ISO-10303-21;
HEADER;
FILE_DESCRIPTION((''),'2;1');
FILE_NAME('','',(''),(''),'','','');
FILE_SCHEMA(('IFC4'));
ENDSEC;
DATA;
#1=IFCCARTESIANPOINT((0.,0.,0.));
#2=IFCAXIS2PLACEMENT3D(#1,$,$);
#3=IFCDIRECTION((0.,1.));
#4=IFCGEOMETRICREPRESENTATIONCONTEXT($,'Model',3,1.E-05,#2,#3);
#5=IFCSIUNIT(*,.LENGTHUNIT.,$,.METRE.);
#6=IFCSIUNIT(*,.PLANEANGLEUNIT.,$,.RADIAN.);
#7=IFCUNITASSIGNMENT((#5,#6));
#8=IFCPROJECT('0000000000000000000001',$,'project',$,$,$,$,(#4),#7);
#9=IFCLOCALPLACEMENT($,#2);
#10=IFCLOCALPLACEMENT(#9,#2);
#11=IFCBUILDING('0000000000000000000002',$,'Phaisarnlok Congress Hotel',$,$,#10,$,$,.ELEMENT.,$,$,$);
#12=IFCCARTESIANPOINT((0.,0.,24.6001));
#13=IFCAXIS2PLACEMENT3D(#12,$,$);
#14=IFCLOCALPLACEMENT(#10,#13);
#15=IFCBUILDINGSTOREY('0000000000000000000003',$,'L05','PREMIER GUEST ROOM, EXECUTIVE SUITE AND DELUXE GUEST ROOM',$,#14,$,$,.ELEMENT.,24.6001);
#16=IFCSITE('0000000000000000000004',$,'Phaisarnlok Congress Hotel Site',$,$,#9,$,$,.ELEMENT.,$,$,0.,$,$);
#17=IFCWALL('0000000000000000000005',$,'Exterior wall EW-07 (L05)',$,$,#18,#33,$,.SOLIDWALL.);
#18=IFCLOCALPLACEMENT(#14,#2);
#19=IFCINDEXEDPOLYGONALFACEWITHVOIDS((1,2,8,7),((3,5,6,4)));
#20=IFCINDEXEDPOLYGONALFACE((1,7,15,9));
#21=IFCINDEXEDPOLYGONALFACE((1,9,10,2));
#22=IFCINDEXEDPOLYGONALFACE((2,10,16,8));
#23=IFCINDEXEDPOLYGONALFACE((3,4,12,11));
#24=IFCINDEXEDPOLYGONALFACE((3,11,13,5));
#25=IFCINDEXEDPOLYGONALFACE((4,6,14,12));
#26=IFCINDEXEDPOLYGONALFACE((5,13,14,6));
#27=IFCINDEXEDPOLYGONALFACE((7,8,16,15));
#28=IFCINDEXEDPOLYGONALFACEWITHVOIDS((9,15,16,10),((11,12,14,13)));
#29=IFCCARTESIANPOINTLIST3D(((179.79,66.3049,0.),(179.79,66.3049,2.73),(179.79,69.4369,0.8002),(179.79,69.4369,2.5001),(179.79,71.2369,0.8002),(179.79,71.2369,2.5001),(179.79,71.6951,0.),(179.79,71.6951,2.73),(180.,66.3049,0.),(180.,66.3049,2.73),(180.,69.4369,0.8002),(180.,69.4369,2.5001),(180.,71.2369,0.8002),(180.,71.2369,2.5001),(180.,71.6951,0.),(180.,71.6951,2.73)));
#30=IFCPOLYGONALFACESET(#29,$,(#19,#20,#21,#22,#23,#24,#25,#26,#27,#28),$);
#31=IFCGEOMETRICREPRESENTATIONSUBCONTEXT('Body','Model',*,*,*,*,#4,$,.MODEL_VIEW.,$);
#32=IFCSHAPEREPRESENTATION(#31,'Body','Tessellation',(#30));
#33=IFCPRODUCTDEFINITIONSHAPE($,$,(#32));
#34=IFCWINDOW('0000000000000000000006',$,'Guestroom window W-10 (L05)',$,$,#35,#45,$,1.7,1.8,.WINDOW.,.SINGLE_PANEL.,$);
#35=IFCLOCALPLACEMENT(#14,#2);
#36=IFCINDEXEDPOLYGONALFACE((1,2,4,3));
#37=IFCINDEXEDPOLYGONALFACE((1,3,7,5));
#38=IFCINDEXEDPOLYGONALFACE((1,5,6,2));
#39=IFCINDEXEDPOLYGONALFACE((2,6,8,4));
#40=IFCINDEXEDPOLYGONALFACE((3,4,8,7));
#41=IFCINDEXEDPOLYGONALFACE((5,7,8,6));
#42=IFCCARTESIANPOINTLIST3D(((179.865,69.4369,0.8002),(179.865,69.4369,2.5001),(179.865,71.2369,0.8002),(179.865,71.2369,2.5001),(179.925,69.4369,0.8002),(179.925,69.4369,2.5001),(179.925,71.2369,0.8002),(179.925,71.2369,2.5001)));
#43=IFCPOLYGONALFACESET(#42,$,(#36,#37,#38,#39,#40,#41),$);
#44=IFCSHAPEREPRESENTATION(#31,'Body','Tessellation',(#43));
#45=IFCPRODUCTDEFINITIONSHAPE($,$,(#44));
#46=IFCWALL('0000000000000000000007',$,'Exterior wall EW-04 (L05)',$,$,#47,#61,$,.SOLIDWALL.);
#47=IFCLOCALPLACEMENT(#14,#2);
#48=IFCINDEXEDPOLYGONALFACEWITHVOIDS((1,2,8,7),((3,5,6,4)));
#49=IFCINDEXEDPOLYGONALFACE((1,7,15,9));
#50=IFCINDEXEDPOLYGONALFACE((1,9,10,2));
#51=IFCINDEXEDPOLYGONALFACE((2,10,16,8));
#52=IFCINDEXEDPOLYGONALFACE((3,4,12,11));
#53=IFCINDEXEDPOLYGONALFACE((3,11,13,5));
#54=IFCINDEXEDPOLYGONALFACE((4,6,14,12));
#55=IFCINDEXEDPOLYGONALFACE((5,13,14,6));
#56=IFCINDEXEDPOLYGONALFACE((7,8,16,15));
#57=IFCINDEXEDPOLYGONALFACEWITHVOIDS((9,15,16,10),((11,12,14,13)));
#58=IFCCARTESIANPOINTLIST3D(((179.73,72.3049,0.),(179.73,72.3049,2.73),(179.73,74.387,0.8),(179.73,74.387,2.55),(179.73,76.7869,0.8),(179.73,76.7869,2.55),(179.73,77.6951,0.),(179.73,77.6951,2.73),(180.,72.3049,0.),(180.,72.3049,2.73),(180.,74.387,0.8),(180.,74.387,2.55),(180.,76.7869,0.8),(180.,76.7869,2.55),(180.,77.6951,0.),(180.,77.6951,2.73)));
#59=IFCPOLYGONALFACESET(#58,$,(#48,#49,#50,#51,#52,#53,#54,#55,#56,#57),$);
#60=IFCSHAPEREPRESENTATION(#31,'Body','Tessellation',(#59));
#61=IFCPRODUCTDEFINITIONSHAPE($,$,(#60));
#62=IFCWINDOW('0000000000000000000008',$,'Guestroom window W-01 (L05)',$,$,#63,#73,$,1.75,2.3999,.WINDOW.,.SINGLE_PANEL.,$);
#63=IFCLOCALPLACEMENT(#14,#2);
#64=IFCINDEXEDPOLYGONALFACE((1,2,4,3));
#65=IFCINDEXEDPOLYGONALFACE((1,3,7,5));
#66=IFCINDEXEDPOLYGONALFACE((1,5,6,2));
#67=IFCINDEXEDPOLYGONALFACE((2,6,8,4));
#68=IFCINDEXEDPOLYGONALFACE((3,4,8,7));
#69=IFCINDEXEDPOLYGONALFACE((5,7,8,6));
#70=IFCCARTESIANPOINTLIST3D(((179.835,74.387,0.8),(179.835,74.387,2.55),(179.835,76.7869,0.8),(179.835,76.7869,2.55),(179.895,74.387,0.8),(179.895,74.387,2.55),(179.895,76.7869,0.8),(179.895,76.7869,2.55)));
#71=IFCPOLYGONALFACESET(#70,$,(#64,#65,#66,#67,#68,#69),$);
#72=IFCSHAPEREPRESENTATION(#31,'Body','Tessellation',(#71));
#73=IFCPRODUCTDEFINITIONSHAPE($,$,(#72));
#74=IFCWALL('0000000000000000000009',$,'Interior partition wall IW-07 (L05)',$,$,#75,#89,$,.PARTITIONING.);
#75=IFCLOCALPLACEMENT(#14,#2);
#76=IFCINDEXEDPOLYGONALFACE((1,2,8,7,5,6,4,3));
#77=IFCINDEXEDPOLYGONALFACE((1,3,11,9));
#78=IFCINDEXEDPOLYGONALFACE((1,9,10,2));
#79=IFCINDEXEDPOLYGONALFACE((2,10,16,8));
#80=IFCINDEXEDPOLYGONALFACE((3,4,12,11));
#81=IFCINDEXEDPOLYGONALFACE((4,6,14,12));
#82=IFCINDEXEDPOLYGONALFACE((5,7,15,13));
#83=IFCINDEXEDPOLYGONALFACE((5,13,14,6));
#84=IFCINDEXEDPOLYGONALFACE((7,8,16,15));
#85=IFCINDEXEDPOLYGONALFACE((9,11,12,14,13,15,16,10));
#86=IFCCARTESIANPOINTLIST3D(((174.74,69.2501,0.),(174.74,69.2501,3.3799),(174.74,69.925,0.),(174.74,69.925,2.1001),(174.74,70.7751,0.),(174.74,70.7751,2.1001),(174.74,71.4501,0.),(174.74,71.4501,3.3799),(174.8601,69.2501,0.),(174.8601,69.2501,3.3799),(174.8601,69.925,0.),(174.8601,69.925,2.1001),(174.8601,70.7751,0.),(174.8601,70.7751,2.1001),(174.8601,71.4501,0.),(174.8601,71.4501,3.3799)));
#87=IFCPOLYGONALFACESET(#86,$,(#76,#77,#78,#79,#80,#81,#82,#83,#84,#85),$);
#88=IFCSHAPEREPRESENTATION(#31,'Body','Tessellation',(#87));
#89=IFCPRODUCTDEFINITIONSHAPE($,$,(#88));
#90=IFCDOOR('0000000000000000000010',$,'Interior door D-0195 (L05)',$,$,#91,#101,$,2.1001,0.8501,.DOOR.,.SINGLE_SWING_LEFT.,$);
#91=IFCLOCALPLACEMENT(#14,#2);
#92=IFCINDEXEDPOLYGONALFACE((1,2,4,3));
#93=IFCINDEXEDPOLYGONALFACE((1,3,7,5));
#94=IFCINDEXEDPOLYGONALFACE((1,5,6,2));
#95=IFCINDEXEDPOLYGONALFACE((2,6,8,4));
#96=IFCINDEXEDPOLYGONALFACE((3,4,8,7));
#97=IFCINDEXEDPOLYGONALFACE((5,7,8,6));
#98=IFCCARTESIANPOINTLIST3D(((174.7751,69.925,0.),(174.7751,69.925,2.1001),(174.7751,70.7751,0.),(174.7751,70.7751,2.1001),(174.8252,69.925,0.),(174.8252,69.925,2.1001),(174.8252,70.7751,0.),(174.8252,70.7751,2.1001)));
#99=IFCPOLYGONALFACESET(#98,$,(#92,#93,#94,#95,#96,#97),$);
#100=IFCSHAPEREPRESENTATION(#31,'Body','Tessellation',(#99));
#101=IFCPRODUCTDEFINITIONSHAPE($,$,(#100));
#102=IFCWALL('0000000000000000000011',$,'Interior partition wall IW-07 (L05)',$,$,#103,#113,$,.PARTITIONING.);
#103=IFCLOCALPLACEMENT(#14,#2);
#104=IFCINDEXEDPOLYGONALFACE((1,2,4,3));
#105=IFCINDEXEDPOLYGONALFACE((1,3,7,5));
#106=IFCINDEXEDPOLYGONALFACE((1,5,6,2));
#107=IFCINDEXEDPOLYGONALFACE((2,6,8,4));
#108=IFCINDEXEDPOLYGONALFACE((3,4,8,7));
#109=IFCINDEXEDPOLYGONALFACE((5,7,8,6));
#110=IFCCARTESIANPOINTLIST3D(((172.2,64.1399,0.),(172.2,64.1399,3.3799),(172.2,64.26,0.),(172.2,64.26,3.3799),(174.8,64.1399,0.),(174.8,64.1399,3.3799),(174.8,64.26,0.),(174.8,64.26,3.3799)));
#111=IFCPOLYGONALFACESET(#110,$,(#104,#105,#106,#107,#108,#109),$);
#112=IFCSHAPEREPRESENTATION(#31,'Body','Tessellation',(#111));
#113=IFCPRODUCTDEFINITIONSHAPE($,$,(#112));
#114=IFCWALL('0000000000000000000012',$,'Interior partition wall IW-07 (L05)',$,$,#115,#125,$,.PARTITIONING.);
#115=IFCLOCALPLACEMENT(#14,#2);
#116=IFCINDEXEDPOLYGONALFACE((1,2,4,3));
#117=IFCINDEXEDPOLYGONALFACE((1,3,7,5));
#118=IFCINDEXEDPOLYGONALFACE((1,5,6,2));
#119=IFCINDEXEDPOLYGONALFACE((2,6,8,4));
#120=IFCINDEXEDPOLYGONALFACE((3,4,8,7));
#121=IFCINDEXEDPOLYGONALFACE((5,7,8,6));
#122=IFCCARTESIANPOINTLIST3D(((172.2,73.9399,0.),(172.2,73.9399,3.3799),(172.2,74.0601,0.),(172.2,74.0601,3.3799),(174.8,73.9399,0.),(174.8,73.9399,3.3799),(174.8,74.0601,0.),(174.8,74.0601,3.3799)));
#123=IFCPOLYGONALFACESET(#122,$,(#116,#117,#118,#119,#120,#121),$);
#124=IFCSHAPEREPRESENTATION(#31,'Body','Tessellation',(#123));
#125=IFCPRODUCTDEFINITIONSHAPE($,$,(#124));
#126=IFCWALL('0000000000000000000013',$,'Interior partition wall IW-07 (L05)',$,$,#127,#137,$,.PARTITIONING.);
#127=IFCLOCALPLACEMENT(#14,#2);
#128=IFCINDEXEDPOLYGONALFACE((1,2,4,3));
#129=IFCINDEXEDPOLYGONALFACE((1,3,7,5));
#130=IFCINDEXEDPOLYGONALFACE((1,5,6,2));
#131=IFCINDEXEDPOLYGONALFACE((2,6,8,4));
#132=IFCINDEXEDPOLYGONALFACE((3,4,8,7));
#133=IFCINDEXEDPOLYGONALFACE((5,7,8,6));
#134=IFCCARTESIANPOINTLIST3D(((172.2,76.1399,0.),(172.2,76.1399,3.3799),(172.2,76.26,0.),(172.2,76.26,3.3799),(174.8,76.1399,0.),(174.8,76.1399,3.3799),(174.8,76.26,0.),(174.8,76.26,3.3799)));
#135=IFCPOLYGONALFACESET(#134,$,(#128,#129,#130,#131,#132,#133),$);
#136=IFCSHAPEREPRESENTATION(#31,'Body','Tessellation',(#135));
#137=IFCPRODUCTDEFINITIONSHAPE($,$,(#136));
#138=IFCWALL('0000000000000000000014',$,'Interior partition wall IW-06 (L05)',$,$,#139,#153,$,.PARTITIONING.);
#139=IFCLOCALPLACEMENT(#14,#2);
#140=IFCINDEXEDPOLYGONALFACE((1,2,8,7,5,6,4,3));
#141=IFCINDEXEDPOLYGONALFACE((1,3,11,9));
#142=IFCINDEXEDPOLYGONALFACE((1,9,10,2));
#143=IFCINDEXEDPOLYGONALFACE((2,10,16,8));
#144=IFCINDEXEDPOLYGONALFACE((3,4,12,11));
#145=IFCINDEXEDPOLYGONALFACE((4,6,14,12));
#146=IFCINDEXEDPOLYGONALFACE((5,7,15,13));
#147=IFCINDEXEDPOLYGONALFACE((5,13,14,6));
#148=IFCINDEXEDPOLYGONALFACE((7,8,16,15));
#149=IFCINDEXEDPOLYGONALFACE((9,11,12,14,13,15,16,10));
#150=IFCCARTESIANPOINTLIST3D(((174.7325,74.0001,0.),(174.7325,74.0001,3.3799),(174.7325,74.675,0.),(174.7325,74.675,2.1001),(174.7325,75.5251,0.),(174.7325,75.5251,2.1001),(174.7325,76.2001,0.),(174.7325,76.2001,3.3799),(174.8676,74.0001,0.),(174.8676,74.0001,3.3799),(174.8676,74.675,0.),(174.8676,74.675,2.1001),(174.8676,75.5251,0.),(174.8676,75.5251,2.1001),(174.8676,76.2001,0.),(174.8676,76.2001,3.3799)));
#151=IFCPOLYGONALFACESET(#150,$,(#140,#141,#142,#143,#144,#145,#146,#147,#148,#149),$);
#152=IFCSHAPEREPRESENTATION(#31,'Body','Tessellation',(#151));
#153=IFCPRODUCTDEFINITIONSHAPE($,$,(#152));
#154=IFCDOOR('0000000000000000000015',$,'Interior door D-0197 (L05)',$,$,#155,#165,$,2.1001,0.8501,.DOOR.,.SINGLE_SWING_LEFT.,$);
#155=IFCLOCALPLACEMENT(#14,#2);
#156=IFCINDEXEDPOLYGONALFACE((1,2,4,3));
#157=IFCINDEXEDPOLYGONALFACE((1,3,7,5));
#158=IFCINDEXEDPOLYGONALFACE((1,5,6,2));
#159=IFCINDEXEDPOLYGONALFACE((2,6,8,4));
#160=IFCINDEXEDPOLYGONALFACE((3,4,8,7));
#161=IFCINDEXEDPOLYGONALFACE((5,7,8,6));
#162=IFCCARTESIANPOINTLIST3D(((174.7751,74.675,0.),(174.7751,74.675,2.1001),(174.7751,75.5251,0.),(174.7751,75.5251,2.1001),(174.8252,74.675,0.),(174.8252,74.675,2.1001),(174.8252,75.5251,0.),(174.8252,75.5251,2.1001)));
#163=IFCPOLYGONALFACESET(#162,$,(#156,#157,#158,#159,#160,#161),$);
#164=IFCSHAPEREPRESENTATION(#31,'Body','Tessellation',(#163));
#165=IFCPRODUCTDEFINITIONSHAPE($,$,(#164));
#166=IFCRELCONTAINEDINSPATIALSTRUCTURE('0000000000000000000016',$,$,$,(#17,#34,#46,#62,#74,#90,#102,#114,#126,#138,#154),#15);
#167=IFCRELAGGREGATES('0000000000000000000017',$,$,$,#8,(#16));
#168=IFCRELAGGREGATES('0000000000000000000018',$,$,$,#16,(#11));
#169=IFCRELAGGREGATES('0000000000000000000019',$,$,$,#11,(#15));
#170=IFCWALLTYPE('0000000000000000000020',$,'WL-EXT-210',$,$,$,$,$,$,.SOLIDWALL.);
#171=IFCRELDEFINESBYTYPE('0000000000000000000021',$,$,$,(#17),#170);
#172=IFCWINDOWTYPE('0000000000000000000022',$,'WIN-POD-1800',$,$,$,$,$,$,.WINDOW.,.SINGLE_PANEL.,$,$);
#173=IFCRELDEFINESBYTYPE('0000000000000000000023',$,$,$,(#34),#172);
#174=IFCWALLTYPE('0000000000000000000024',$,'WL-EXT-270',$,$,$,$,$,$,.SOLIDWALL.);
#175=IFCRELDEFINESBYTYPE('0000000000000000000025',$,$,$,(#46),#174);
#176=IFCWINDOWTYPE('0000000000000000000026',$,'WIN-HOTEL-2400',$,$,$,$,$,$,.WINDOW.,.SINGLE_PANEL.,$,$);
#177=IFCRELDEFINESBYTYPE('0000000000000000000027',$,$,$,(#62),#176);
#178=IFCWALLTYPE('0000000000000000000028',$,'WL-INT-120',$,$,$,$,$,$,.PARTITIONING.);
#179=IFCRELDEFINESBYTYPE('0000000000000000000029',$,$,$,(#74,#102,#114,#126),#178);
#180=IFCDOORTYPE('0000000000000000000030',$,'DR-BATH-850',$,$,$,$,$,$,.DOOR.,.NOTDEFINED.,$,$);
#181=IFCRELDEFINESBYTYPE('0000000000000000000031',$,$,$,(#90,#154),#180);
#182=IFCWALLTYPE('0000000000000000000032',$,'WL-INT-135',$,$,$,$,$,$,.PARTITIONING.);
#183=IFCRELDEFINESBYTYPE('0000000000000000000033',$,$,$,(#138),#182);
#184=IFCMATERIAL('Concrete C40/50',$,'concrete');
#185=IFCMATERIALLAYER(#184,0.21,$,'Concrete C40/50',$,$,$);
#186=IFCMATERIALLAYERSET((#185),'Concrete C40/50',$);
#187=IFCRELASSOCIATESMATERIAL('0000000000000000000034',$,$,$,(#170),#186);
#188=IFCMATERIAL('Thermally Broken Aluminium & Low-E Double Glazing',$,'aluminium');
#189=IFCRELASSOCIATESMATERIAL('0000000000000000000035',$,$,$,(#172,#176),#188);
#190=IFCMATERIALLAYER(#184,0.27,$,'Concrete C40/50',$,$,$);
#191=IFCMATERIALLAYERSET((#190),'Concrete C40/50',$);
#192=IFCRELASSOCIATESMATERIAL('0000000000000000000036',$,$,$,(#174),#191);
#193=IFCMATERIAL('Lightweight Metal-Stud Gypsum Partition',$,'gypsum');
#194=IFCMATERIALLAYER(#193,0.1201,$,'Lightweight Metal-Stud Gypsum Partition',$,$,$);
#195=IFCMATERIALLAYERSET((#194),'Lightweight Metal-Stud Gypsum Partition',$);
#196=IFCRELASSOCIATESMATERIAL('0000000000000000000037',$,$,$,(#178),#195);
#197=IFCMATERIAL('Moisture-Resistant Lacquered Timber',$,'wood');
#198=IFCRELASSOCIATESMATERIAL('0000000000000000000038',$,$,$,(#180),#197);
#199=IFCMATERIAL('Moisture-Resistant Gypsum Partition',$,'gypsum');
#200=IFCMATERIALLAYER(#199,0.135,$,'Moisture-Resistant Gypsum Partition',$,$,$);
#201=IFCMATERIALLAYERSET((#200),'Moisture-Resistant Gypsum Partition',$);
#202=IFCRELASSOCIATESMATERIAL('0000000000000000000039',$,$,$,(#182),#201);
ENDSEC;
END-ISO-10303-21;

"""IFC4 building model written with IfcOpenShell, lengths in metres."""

from ifc_helpers import new_model, si_unit, direction, frame, frame_2d, origin, place, context, subcontext, project, spatial, rectangle, extrude, material, layer, layer_set, type_object, element, fill, save


model = new_model("IFC4")

# Units and contexts
model_context = context("Model", 3, precision=1e-05, world=origin(), true_north=direction((0.0, 1.0)))
body_context = subcontext(model_context, "Body", "Model", "MODEL_VIEW")
ifc_project = project(units=[si_unit("LENGTHUNIT", "METRE"), si_unit("PLANEANGLEUNIT", "RADIAN")], contexts=[model_context])

# Site, building, storey
site_placement = place(None, origin())
site = spatial("IfcSite", under=ifc_project, at=site_placement, Name="Phaisarnlok Congress Hotel Site", CompositionType="ELEMENT", RefElevation=0.0)
building_placement = place(site_placement, origin())
building = spatial("IfcBuilding", under=site, at=building_placement, Name="Phaisarnlok Congress Hotel", CompositionType="ELEMENT")
storey_placement = place(building_placement, frame((0.0, 0.0, 24.6001)))
storey = spatial("IfcBuildingStorey", under=building, at=storey_placement, Name="L05", Description="PREMIER GUEST ROOM, EXECUTIVE SUITE AND DELUXE GUEST ROOM", CompositionType="ELEMENT", Elevation=24.6001)

# Shared definitions
ifc_material_1 = material(Name="Concrete C40/50", Category="concrete")

# Walls, openings, windows
ifc_layer_1 = layer(ifc_material_1, 0.21, Name="Concrete C40/50")
ifc_layer_set_1 = layer_set([ifc_layer_1], Name="Concrete C40/50")
wall_type_1 = type_object("IfcWallType", Name="WL-EXT-210", PredefinedType="SOLIDWALL", material=ifc_layer_set_1)
wall_1_placement = place(storey_placement, frame((179.895, 66.3049, 0.0), z_axis=(0.0, 0.0, 1.0), x_axis=(0.0, 1.0, 0.0)))
wall_1 = element("IfcWall", 1, at=wall_1_placement, inside=storey, type_object=wall_type_1, Name="Exterior wall EW-07 (L05)", PredefinedType="SOLIDWALL", context=body_context, shape_type="SweptSolid", body=[
    extrude(rectangle(XDim=5.3901, YDim=0.21, at=frame_2d((2.6951, 0.0))), origin(), (0.0, 0.0, 1.0), 2.73),
])
opening_1_placement = place(wall_1_placement, frame((3.1321, 0.0, 0.8)))
opening_1 = element("IfcOpeningElement", 2, at=opening_1_placement, cuts=wall_1, PredefinedType="OPENING", context=body_context, shape_type="SweptSolid", body=[
    extrude(rectangle(XDim=1.8, YDim=1.7, at=frame_2d((0.8999, 0.8501))), frame((0.0, 0.115, 0.0), z_axis=(0.0, -1.0, 0.0), x_axis=(1.0, 0.0, 0.0)), (0.0, 0.0, 1.0), 0.23),
])
ifc_material_2 = material(Name="Thermally Broken Aluminium & Low-E Double Glazing", Category="aluminium")
window_type_1 = type_object("IfcWindowType", Name="WIN-POD-1800", PartitioningType="SINGLE_PANEL", PredefinedType="WINDOW", material=ifc_material_2)
window_1_placement = place(opening_1_placement, origin())
window_1 = element("IfcWindow", 3, at=window_1_placement, inside=storey, type_object=window_type_1, Name="Guestroom window W-10 (L05)", OverallHeight=1.7, OverallWidth=1.8, PartitioningType="SINGLE_PANEL", PredefinedType="WINDOW", context=body_context, shape_type="SweptSolid", body=[
    extrude(rectangle(XDim=1.8, YDim=1.7, at=frame_2d((0.8999, 0.8501))), frame((0.0, 0.03, 0.0), z_axis=(0.0, -1.0, 0.0), x_axis=(1.0, 0.0, 0.0)), (0.0, 0.0, 1.0), 0.0601),
])
fill(opening_1, window_1)
ifc_layer_2 = layer(ifc_material_1, 0.27, Name="Concrete C40/50")
ifc_layer_set_2 = layer_set([ifc_layer_2], Name="Concrete C40/50")
wall_type_2 = type_object("IfcWallType", Name="WL-EXT-270", PredefinedType="SOLIDWALL", material=ifc_layer_set_2)
wall_2_placement = place(storey_placement, frame((179.865, 72.3049, 0.0), z_axis=(0.0, 0.0, 1.0), x_axis=(0.0, 1.0, 0.0)))
wall_2 = element("IfcWall", 4, at=wall_2_placement, inside=storey, type_object=wall_type_2, Name="Exterior wall EW-04 (L05)", PredefinedType="SOLIDWALL", context=body_context, shape_type="SweptSolid", body=[
    extrude(rectangle(XDim=5.3901, YDim=0.27, at=frame_2d((2.6951, 0.0))), origin(), (0.0, 0.0, 1.0), 2.73),
])
opening_2_placement = place(wall_2_placement, frame((2.082, 0.0, 0.8)))
opening_2 = element("IfcOpeningElement", 5, at=opening_2_placement, cuts=wall_2, PredefinedType="OPENING", context=body_context, shape_type="SweptSolid", body=[
    extrude(rectangle(XDim=2.3999, YDim=1.75, at=frame_2d((1.2, 0.875))), frame((0.0, 0.145, 0.0), z_axis=(0.0, -1.0, 0.0), x_axis=(1.0, 0.0, 0.0)), (0.0, 0.0, 1.0), 0.29),
])
window_type_2 = type_object("IfcWindowType", Name="WIN-HOTEL-2400", PartitioningType="SINGLE_PANEL", PredefinedType="WINDOW", material=ifc_material_2)
window_2_placement = place(opening_2_placement, origin())
window_2 = element("IfcWindow", 6, at=window_2_placement, inside=storey, type_object=window_type_2, Name="Guestroom window W-01 (L05)", OverallHeight=1.75, OverallWidth=2.3999, PartitioningType="SINGLE_PANEL", PredefinedType="WINDOW", context=body_context, shape_type="SweptSolid", body=[
    extrude(rectangle(XDim=2.3999, YDim=1.75, at=frame_2d((1.2, 0.875))), frame((0.0, 0.03, 0.0), z_axis=(0.0, -1.0, 0.0), x_axis=(1.0, 0.0, 0.0)), (0.0, 0.0, 1.0), 0.0601),
])
fill(opening_2, window_2)

# Wall, opening, door
ifc_material_3 = material(Name="Lightweight Metal-Stud Gypsum Partition", Category="gypsum")
ifc_layer_3 = layer(ifc_material_3, 0.1201, Name="Lightweight Metal-Stud Gypsum Partition")
ifc_layer_set_3 = layer_set([ifc_layer_3], Name="Lightweight Metal-Stud Gypsum Partition")
wall_type_3 = type_object("IfcWallType", Name="WL-INT-120", PredefinedType="PARTITIONING", material=ifc_layer_set_3)
wall_3_placement = place(storey_placement, frame((174.8, 69.25, 0.0), z_axis=(0.0, 0.0, 1.0), x_axis=(0.0, 1.0, 0.0)))
wall_3 = element("IfcWall", 7, at=wall_3_placement, inside=storey, type_object=wall_type_3, Name="Interior partition wall IW-07 (L05)", PredefinedType="PARTITIONING", context=body_context, shape_type="SweptSolid", body=[
    extrude(rectangle(XDim=2.2, YDim=0.1201, at=frame_2d((1.1001, 0.0))), origin(), (0.0, 0.0, 1.0), 3.3799),
])
opening_3_placement = place(wall_3_placement, frame((0.675, 0.0, 0.0)))
opening_3 = element("IfcOpeningElement", 8, at=opening_3_placement, cuts=wall_3, PredefinedType="OPENING", context=body_context, shape_type="SweptSolid", body=[
    extrude(rectangle(XDim=0.8501, YDim=2.1001, at=frame_2d((0.425, 1.05))), frame((0.0, 0.0701, 0.0), z_axis=(0.0, -1.0, 0.0), x_axis=(1.0, 0.0, 0.0)), (0.0, 0.0, 1.0), 0.1401),
])
ifc_material_4 = material(Name="Moisture-Resistant Lacquered Timber", Category="wood")
door_type = type_object("IfcDoorType", Name="DR-BATH-850", OperationType="NOTDEFINED", PredefinedType="DOOR", material=ifc_material_4)
door_1_placement = place(opening_3_placement, origin())
door_1 = element("IfcDoor", 9, at=door_1_placement, inside=storey, type_object=door_type, Name="Interior door D-0195 (L05)", OperationType="SINGLE_SWING_LEFT", OverallHeight=2.1001, OverallWidth=0.8501, PredefinedType="DOOR", context=body_context, shape_type="SweptSolid", body=[
    extrude(rectangle(XDim=0.8501, YDim=2.1001, at=frame_2d((0.425, 1.05))), frame((0.0, 0.0249, 0.0), z_axis=(0.0, -1.0, 0.0), x_axis=(1.0, 0.0, 0.0)), (0.0, 0.0, 1.0), 0.05),
])
fill(opening_3, door_1)

# Walls
for number, where, z_axis, x_axis, name in (
    (10, (172.2, 64.2, 0.0), (0.0, 0.0, 1.0), (1.0, 0.0, 0.0), "Interior partition wall IW-07 (L05)"),
    (11, (172.2, 74.0, 0.0), (0.0, 0.0, 1.0), (1.0, 0.0, 0.0), "Interior partition wall IW-07 (L05)"),
    (12, (172.2, 76.2, 0.0), (0.0, 0.0, 1.0), (1.0, 0.0, 0.0), "Interior partition wall IW-07 (L05)"),
):
    element("IfcWall", number, at=place(storey_placement, frame(where, z_axis=z_axis, x_axis=x_axis)), inside=storey, type_object=wall_type_3, Name=name, PredefinedType="PARTITIONING", context=body_context, shape_type="SweptSolid", body=[
        extrude(rectangle(XDim=2.6001, YDim=0.1201, at=frame_2d((1.3, 0.0))), origin(), (0.0, 0.0, 1.0), 3.3799),
    ])

# Wall, opening, door
ifc_material_5 = material(Name="Moisture-Resistant Gypsum Partition", Category="gypsum")
ifc_layer_4 = layer(ifc_material_5, 0.135, Name="Moisture-Resistant Gypsum Partition")
ifc_layer_set_4 = layer_set([ifc_layer_4], Name="Moisture-Resistant Gypsum Partition")
wall_type_4 = type_object("IfcWallType", Name="WL-INT-135", PredefinedType="PARTITIONING", material=ifc_layer_set_4)
wall_4_placement = place(storey_placement, frame((174.8, 74.0, 0.0), z_axis=(0.0, 0.0, 1.0), x_axis=(0.0, 1.0, 0.0)))
wall_4 = element("IfcWall", 13, at=wall_4_placement, inside=storey, type_object=wall_type_4, Name="Interior partition wall IW-06 (L05)", PredefinedType="PARTITIONING", context=body_context, shape_type="SweptSolid", body=[
    extrude(rectangle(XDim=2.2, YDim=0.135, at=frame_2d((1.1001, 0.0))), origin(), (0.0, 0.0, 1.0), 3.3799),
])
opening_4_placement = place(wall_4_placement, frame((0.675, 0.0, 0.0)))
opening_4 = element("IfcOpeningElement", 14, at=opening_4_placement, cuts=wall_4, PredefinedType="OPENING", context=body_context, shape_type="SweptSolid", body=[
    extrude(rectangle(XDim=0.8501, YDim=2.1001, at=frame_2d((0.425, 1.05))), frame((0.0, 0.0776, 0.0), z_axis=(0.0, -1.0, 0.0), x_axis=(1.0, 0.0, 0.0)), (0.0, 0.0, 1.0), 0.155),
])
door_2_placement = place(opening_4_placement, origin())
door_2 = element("IfcDoor", 15, at=door_2_placement, inside=storey, type_object=door_type, Name="Interior door D-0197 (L05)", OperationType="SINGLE_SWING_LEFT", OverallHeight=2.1001, OverallWidth=0.8501, PredefinedType="DOOR", context=body_context, shape_type="SweptSolid", body=[
    extrude(rectangle(XDim=0.8501, YDim=2.1001, at=frame_2d((0.425, 1.05))), frame((0.0, 0.0249, 0.0), z_axis=(0.0, -1.0, 0.0), x_axis=(1.0, 0.0, 0.0)), (0.0, 0.0, 1.0), 0.05),
])
fill(opening_4, door_2)

save(model, "model.ifc")
